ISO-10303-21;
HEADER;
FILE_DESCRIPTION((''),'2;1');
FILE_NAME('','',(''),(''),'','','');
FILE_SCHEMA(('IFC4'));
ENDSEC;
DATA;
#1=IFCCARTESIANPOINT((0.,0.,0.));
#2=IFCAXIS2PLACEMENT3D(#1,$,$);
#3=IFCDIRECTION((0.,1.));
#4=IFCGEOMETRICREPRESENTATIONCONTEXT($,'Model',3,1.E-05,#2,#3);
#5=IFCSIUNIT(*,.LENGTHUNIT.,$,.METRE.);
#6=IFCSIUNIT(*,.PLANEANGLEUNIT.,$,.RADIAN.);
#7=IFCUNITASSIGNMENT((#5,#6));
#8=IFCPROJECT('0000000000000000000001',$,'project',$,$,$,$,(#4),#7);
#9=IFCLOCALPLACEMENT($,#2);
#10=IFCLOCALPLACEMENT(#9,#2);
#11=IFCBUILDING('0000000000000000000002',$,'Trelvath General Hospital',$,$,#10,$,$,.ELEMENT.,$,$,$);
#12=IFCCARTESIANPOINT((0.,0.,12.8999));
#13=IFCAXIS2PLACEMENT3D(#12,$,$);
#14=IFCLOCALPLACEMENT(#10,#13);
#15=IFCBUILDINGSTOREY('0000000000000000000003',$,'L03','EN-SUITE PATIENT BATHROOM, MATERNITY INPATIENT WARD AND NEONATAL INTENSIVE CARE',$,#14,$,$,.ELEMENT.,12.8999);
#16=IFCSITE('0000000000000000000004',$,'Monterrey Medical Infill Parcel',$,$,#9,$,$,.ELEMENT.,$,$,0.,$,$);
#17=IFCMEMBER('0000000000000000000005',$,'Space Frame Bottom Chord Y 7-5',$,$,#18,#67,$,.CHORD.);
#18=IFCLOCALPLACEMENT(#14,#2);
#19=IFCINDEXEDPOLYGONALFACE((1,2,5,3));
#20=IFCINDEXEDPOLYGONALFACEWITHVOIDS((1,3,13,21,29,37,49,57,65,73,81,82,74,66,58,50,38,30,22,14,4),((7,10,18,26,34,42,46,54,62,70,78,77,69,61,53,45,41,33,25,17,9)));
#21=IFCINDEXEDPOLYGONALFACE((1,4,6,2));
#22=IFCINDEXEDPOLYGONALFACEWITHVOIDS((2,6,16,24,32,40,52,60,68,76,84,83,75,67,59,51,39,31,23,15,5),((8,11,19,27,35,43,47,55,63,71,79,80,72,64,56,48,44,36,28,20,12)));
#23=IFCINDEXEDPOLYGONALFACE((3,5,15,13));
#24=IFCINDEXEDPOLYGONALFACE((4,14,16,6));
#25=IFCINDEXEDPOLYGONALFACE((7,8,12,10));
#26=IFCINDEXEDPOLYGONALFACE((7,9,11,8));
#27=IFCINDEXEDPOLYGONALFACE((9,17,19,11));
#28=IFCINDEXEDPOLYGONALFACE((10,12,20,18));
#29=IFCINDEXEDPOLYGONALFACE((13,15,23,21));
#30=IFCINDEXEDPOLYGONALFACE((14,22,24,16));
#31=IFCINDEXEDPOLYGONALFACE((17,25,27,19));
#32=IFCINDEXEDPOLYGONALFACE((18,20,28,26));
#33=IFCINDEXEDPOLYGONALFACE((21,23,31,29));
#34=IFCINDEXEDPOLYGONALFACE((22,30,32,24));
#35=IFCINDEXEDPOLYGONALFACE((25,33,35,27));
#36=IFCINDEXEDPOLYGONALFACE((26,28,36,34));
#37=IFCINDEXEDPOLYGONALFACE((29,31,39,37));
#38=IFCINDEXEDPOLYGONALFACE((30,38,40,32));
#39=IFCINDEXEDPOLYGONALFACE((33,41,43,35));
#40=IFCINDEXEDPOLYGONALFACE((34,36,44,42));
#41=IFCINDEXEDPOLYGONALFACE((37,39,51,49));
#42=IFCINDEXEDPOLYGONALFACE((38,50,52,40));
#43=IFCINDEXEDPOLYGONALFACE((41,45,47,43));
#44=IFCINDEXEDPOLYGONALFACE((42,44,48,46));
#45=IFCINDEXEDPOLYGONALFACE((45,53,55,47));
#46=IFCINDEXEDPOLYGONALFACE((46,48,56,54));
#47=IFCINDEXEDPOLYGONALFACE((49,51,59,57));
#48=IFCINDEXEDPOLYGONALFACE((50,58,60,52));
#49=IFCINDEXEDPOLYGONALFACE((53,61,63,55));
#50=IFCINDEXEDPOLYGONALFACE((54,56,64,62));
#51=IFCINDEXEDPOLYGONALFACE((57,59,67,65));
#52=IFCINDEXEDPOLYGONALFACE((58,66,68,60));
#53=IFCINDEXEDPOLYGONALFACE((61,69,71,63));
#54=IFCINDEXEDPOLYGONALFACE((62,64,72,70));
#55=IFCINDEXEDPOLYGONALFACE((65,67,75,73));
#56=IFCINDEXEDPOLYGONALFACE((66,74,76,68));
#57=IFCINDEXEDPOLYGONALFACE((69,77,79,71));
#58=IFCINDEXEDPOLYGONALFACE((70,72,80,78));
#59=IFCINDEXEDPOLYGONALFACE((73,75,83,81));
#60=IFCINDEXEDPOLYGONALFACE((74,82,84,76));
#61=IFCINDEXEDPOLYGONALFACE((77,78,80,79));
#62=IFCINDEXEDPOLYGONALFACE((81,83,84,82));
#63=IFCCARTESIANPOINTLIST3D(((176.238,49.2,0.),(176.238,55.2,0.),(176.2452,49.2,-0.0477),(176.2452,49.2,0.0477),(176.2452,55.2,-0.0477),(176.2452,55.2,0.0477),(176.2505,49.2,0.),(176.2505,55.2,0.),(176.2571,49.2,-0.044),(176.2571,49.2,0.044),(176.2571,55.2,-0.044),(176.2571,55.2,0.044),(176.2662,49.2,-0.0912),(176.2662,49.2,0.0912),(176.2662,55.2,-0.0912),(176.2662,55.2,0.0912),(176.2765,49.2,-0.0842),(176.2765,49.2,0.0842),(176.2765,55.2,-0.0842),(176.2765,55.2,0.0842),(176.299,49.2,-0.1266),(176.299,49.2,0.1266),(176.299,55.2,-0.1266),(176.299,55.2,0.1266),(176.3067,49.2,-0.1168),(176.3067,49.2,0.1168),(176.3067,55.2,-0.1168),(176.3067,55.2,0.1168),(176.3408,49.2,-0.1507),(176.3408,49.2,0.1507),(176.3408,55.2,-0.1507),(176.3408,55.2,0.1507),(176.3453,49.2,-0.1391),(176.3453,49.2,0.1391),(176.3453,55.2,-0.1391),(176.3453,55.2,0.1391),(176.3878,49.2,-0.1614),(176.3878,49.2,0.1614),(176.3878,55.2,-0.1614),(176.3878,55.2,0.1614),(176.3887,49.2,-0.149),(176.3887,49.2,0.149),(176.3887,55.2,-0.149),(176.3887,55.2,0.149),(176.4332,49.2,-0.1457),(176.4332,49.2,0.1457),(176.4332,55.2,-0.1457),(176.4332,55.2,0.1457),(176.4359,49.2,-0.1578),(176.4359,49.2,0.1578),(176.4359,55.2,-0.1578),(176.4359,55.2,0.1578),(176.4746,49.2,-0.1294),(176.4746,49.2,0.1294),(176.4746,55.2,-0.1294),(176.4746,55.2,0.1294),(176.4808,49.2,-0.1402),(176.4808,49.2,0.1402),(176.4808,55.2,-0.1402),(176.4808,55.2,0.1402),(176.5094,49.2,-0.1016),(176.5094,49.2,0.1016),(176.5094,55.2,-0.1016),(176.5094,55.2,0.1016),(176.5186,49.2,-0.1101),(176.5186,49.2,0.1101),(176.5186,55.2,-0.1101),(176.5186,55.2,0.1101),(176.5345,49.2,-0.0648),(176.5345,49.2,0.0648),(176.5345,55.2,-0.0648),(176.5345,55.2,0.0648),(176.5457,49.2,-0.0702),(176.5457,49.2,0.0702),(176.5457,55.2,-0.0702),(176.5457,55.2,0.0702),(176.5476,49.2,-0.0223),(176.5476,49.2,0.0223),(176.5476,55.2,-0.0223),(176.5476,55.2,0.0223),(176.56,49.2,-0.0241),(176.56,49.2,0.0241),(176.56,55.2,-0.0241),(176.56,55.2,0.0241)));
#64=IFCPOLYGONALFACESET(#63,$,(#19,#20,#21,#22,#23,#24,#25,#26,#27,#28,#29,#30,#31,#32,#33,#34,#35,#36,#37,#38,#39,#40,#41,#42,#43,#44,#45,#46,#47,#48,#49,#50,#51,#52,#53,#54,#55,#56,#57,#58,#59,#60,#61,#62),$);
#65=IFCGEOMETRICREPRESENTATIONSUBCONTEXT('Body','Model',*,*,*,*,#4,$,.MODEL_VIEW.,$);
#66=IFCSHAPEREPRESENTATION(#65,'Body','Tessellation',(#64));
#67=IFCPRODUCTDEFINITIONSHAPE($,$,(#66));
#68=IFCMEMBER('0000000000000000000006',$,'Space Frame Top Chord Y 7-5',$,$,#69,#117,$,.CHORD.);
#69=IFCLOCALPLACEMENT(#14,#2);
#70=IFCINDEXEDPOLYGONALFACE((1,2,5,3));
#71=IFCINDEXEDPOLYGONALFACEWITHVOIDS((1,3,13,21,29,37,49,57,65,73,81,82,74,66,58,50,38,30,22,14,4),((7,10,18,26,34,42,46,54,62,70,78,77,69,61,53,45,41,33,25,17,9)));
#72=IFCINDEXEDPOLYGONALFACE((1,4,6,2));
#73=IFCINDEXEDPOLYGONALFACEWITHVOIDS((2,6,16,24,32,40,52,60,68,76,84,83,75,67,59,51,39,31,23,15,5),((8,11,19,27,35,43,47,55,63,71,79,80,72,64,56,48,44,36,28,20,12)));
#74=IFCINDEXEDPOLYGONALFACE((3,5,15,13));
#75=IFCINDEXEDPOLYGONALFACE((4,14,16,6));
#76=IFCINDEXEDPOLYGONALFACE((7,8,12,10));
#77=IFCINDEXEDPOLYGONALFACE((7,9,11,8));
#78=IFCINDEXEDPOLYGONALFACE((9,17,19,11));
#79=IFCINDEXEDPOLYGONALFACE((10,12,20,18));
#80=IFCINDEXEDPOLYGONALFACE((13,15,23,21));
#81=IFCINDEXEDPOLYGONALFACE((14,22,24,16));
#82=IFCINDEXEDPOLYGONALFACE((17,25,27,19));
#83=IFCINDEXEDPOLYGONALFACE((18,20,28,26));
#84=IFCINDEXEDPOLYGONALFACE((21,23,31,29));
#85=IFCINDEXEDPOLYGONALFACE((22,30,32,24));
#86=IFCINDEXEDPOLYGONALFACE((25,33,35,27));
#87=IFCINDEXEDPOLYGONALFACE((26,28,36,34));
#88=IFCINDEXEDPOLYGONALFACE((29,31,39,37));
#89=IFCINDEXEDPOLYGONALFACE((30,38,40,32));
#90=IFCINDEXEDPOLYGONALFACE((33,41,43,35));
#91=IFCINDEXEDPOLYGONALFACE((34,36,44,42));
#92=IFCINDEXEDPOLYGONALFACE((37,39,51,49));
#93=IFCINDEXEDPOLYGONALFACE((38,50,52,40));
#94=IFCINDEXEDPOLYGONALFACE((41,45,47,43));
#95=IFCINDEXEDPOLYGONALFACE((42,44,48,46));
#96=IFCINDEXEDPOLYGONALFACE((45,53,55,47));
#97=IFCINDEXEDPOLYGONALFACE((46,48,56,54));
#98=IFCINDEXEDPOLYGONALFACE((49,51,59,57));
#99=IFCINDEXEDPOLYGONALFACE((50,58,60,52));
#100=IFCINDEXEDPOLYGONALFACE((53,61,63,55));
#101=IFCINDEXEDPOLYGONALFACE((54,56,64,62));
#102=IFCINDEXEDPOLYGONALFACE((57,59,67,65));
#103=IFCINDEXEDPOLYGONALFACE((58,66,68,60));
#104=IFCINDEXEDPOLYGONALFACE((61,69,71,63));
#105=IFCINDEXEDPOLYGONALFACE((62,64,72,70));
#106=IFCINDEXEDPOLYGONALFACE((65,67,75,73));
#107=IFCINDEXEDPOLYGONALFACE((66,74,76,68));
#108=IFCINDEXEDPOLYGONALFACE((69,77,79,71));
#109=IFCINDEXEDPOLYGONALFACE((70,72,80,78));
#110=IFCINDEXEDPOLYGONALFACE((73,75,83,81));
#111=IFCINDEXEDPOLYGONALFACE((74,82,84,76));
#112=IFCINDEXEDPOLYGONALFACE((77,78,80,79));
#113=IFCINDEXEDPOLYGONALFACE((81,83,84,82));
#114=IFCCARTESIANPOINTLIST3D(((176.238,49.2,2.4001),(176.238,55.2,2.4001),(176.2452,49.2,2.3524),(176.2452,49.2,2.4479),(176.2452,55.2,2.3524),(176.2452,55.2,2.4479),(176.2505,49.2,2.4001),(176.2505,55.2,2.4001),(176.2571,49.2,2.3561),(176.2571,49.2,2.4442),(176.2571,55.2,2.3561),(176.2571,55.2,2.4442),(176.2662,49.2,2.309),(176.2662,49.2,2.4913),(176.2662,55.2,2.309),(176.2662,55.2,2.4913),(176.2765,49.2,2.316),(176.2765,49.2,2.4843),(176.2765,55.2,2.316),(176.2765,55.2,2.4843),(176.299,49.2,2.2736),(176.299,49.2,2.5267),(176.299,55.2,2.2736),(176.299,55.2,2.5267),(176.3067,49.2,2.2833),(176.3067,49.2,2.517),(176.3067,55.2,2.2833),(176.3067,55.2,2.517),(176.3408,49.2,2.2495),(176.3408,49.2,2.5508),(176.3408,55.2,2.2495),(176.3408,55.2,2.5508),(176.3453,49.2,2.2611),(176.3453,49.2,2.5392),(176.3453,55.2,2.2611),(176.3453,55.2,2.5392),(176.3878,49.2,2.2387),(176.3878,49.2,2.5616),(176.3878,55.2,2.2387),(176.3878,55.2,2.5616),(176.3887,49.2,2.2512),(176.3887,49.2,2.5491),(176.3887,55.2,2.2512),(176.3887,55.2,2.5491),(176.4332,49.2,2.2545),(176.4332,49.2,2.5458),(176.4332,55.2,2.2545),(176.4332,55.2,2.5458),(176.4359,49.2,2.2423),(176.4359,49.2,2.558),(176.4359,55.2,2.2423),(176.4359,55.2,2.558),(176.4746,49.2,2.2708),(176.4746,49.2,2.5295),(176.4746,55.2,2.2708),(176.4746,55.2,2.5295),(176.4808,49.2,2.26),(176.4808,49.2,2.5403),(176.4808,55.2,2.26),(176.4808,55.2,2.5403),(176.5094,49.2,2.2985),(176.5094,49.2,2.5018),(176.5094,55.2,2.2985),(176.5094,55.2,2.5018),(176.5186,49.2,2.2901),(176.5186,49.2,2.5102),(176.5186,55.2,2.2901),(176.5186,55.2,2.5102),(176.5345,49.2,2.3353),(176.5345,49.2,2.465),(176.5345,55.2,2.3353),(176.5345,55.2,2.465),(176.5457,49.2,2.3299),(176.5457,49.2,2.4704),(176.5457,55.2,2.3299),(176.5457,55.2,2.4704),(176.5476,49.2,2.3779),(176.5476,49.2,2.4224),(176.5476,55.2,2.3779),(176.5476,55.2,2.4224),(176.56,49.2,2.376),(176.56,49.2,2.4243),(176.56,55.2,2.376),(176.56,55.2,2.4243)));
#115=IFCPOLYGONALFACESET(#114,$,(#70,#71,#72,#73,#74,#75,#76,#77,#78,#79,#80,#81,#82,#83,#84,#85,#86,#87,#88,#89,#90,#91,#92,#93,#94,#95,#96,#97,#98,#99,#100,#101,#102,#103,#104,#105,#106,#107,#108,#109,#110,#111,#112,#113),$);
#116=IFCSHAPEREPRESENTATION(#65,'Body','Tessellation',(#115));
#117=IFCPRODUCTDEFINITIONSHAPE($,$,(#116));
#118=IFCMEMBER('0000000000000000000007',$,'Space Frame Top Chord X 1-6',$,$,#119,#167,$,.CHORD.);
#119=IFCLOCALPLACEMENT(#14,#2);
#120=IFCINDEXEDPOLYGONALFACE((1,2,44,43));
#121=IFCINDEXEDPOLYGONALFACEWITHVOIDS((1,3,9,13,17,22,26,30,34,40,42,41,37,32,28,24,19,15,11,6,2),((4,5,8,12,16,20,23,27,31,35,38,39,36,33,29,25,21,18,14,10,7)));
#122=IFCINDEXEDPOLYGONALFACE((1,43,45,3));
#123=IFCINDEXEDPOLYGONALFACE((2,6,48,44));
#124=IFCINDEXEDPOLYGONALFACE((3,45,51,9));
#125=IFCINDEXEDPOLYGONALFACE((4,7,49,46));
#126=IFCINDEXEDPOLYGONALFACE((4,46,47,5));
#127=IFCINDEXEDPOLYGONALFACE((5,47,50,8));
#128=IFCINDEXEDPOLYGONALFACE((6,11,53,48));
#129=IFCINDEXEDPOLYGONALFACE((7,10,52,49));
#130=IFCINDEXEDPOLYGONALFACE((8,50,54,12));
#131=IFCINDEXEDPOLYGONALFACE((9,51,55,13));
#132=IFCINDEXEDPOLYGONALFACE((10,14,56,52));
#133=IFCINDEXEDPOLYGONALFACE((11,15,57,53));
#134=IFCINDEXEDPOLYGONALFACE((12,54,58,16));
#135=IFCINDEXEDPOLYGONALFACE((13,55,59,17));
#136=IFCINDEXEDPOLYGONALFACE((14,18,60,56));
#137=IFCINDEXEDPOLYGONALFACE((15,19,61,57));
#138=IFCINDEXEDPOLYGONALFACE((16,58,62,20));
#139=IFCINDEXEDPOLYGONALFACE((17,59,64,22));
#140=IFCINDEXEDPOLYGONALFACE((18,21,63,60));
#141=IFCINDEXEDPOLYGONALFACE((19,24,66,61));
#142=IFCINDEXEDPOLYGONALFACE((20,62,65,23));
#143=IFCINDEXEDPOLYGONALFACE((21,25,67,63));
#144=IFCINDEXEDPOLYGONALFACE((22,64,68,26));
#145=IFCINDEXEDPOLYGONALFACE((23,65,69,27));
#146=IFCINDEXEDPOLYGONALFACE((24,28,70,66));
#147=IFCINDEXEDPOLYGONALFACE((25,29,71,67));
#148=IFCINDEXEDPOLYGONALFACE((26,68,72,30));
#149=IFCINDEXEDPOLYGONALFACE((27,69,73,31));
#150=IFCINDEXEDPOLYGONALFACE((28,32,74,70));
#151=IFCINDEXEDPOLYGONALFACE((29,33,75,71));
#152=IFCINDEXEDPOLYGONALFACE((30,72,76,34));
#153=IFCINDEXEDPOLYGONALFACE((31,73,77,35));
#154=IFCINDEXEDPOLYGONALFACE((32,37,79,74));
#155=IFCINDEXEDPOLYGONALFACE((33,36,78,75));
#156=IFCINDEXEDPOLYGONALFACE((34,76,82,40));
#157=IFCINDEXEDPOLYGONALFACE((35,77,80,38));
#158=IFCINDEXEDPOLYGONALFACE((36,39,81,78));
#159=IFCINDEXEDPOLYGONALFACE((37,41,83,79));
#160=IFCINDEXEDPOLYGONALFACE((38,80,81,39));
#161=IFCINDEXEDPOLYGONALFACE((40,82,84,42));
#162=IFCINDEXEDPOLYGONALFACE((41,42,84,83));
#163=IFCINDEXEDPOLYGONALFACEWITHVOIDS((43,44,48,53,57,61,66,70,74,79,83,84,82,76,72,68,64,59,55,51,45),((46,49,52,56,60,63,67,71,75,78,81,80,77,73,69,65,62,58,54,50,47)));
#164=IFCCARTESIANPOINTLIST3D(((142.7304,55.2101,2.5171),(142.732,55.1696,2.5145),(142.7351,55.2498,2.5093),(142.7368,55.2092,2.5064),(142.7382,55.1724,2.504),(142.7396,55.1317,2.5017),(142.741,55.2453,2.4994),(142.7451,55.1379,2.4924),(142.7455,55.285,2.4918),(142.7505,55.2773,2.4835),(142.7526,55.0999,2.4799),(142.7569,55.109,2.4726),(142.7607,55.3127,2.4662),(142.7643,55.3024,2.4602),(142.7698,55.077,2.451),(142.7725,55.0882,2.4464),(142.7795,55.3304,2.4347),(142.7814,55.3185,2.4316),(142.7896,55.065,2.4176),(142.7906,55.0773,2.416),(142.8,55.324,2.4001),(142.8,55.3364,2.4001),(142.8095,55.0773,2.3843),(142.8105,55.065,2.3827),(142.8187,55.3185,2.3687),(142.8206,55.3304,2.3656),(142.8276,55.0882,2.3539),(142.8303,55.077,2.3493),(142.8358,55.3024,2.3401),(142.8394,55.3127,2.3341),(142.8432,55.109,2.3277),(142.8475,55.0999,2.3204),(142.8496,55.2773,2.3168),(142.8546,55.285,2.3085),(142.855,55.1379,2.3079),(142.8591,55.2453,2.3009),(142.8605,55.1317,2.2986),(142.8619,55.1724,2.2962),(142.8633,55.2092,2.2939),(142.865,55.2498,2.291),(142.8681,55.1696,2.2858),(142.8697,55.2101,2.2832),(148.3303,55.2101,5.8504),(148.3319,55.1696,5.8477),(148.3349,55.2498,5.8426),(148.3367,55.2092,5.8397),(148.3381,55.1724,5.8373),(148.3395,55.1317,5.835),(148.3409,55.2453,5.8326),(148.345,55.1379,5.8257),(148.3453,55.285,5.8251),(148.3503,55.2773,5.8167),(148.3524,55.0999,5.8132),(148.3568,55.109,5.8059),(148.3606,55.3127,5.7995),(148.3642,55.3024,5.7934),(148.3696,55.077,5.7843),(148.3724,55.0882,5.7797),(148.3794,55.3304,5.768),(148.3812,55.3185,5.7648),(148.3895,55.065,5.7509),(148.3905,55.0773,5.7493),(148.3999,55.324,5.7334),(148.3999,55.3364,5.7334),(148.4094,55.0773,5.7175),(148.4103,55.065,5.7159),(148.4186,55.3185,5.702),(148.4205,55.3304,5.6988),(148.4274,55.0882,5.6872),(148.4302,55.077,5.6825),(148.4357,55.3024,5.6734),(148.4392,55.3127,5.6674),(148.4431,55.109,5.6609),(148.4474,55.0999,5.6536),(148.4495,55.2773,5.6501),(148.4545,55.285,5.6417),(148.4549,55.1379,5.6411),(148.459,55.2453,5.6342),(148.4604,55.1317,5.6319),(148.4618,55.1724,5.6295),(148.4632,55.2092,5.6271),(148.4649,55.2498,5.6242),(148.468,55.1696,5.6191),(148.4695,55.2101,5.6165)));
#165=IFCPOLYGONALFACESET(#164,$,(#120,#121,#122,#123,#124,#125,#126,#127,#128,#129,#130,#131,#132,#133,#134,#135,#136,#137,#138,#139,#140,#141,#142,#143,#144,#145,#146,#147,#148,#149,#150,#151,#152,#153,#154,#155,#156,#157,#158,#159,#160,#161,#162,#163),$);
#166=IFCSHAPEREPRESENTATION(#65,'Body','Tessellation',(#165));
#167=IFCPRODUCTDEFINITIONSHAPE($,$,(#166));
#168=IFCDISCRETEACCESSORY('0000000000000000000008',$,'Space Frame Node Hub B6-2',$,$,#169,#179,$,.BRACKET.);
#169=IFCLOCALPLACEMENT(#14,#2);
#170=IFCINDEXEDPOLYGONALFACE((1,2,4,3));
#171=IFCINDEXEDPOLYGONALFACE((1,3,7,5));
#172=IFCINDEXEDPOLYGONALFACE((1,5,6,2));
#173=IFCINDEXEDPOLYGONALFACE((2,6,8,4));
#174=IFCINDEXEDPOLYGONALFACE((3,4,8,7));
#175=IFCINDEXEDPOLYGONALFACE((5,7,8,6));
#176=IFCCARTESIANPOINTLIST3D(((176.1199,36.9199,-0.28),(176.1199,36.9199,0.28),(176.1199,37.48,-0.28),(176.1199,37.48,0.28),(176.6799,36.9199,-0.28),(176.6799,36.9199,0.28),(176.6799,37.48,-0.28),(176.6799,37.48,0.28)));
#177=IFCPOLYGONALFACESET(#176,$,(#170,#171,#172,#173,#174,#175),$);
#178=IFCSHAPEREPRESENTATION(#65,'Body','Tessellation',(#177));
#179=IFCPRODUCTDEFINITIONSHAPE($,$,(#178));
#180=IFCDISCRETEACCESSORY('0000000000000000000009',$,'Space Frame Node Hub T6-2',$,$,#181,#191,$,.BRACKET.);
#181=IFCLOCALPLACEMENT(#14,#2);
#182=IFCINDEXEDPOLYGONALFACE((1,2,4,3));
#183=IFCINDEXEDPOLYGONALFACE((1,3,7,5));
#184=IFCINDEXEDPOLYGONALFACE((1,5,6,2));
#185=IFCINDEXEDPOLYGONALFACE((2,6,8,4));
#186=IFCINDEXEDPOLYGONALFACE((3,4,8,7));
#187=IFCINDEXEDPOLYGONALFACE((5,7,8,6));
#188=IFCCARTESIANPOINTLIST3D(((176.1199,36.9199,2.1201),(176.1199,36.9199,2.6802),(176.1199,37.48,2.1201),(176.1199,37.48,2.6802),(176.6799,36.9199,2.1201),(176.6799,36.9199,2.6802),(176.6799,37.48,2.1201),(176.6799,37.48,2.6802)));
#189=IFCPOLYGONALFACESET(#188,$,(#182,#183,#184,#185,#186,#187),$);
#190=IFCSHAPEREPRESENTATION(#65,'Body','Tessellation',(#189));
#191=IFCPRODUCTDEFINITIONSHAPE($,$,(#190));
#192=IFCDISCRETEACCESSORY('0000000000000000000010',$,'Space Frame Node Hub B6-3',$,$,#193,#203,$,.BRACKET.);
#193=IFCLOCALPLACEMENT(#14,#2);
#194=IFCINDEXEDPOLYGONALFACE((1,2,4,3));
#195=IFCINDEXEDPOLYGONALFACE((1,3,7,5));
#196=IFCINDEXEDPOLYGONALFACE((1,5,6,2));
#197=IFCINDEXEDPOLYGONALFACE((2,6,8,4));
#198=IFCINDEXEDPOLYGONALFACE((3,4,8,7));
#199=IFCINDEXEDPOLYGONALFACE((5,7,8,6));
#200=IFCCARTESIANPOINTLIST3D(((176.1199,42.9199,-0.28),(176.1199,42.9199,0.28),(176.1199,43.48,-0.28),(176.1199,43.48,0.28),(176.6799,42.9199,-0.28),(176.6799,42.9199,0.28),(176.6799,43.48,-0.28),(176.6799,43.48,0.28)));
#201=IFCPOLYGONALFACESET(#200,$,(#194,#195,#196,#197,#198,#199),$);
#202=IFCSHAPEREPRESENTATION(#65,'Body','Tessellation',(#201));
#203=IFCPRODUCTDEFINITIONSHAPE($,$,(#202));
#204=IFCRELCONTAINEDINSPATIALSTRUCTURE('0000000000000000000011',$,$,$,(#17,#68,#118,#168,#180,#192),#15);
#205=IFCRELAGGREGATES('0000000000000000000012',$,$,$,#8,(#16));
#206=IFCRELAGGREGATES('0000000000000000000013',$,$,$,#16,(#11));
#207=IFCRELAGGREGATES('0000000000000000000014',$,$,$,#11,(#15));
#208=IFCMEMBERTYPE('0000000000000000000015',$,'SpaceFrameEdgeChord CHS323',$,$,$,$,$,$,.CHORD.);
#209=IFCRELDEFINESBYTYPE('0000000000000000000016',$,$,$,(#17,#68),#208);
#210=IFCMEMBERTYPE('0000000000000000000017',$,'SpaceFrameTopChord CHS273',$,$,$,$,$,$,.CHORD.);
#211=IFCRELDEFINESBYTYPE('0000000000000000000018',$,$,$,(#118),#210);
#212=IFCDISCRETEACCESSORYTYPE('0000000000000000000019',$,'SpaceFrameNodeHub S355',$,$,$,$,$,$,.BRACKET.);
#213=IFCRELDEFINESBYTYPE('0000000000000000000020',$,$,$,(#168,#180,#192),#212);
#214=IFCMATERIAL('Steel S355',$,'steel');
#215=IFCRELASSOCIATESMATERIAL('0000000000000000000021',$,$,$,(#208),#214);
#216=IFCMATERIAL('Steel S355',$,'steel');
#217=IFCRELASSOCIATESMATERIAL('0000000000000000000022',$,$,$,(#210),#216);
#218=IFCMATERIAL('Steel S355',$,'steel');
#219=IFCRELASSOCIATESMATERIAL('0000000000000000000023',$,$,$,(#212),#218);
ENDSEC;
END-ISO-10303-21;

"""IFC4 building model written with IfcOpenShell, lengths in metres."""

from ifc_helpers import new_model, si_unit, direction, frame, origin, origin_2d, place, context, subcontext, project, spatial, rectangle, hollow_circle, extrude, material, material_profile, profile_set, type_object, element, save


model = new_model("IFC4")

# Units and contexts
model_context = context("Model", 3, precision=1e-05, world=origin(), true_north=direction((0.0, 1.0)))
body_context = subcontext(model_context, "Body", "Model", "MODEL_VIEW")
ifc_project = project(units=[si_unit("LENGTHUNIT", "METRE"), si_unit("PLANEANGLEUNIT", "RADIAN")], contexts=[model_context])

# Site, building, storey
site_placement = place(None, origin())
site = spatial("IfcSite", under=ifc_project, at=site_placement, Name="Monterrey Medical Infill Parcel", CompositionType="ELEMENT", RefElevation=0.0)
building_placement = place(site_placement, origin())
building = spatial("IfcBuilding", under=site, at=building_placement, Name="Trelvath General Hospital", CompositionType="ELEMENT")
storey_placement = place(building_placement, frame((0.0, 0.0, 12.8999)))
storey = spatial("IfcBuildingStorey", under=building, at=storey_placement, Name="L03", Description="EN-SUITE PATIENT BATHROOM, MATERNITY INPATIENT WARD AND NEONATAL INTENSIVE CARE", CompositionType="ELEMENT", Elevation=12.8999)

# Members
ifc_material_1 = material(Name="Steel S355", Category="steel")
ifc_material_profile_1 = material_profile(ifc_material_1, hollow_circle(Radius=0.1619, WallThickness=0.0125, at=origin_2d()), Name="CHS323.9x12.5")
ifc_profile_set_1 = profile_set([ifc_material_profile_1], Name="Steel S355")
member_type_1 = type_object("IfcMemberType", Name="SpaceFrameEdgeChord CHS323", PredefinedType="CHORD", material=ifc_profile_set_1)
for number, where, z_axis, x_axis, name in (
    (1, (176.3999, 49.2, 0.0), (0.0, 1.0, 0.0), (-1.0, 0.0, 0.0), "Space Frame Bottom Chord Y 7-5"),
    (2, (176.3999, 49.2, 2.4001), (0.0, 1.0, 0.0), (-1.0, 0.0, 0.0), "Space Frame Top Chord Y 7-5"),
):
    element("IfcMember", number, at=place(storey_placement, frame(where, z_axis=z_axis, x_axis=x_axis)), inside=storey, type_object=member_type_1, Name=name, PredefinedType="CHORD", context=body_context, shape_type="SweptSolid", body=[
        extrude(hollow_circle(Radius=0.1619, WallThickness=0.0125, at=origin_2d()), origin(), (0.0, 0.0, 1.0), 6.0),
    ])
ifc_material_2 = material(Name="Steel S355", Category="steel")
ifc_material_profile_2 = material_profile(ifc_material_2, hollow_circle(Radius=0.1365, WallThickness=0.0125, at=origin_2d()), Name="CHS273.0x12.5")
ifc_profile_set_2 = profile_set([ifc_material_profile_2], Name="Steel S355")
member_type_2 = type_object("IfcMemberType", Name="SpaceFrameTopChord CHS273", PredefinedType="CHORD", material=ifc_profile_set_2)
member_placement = place(storey_placement, frame((142.8, 55.2, 2.4001), z_axis=(0.859292, 0.0, 0.511485), x_axis=(0.0, 1.0, 0.0)))
element("IfcMember", 3, at=member_placement, inside=storey, type_object=member_type_2, Name="Space Frame Top Chord X 1-6", PredefinedType="CHORD", context=body_context, shape_type="SweptSolid", body=[
    extrude(hollow_circle(Radius=0.1365, WallThickness=0.0125, at=origin_2d()), origin(), (0.0, 0.0, 1.0), 6.5168),
])

# Discrete accessories
ifc_material_3 = material(Name="Steel S355", Category="steel")
discrete_accessory_type = type_object("IfcDiscreteAccessoryType", Name="SpaceFrameNodeHub S355", PredefinedType="BRACKET", material=ifc_material_3)
for number, where, z_axis, x_axis, name in (
    (4, (176.3999, 37.2, -0.28), (0.0, 0.0, 1.0), (1.0, 0.0, 0.0), "Space Frame Node Hub B6-2"),
    (5, (176.3999, 37.2, 2.1201), (0.0, 0.0, 1.0), (1.0, 0.0, 0.0), "Space Frame Node Hub T6-2"),
    (6, (176.3999, 43.2, -0.28), (0.0, 0.0, 1.0), (1.0, 0.0, 0.0), "Space Frame Node Hub B6-3"),
):
    element("IfcDiscreteAccessory", number, at=place(storey_placement, frame(where, z_axis=z_axis, x_axis=x_axis)), inside=storey, type_object=discrete_accessory_type, Name=name, PredefinedType="BRACKET", context=body_context, shape_type="SweptSolid", body=[
        extrude(rectangle(XDim=0.5601, YDim=0.5601, at=origin_2d()), origin(), (0.0, 0.0, 1.0), 0.5601),
    ])

save(model, "model.ifc")
